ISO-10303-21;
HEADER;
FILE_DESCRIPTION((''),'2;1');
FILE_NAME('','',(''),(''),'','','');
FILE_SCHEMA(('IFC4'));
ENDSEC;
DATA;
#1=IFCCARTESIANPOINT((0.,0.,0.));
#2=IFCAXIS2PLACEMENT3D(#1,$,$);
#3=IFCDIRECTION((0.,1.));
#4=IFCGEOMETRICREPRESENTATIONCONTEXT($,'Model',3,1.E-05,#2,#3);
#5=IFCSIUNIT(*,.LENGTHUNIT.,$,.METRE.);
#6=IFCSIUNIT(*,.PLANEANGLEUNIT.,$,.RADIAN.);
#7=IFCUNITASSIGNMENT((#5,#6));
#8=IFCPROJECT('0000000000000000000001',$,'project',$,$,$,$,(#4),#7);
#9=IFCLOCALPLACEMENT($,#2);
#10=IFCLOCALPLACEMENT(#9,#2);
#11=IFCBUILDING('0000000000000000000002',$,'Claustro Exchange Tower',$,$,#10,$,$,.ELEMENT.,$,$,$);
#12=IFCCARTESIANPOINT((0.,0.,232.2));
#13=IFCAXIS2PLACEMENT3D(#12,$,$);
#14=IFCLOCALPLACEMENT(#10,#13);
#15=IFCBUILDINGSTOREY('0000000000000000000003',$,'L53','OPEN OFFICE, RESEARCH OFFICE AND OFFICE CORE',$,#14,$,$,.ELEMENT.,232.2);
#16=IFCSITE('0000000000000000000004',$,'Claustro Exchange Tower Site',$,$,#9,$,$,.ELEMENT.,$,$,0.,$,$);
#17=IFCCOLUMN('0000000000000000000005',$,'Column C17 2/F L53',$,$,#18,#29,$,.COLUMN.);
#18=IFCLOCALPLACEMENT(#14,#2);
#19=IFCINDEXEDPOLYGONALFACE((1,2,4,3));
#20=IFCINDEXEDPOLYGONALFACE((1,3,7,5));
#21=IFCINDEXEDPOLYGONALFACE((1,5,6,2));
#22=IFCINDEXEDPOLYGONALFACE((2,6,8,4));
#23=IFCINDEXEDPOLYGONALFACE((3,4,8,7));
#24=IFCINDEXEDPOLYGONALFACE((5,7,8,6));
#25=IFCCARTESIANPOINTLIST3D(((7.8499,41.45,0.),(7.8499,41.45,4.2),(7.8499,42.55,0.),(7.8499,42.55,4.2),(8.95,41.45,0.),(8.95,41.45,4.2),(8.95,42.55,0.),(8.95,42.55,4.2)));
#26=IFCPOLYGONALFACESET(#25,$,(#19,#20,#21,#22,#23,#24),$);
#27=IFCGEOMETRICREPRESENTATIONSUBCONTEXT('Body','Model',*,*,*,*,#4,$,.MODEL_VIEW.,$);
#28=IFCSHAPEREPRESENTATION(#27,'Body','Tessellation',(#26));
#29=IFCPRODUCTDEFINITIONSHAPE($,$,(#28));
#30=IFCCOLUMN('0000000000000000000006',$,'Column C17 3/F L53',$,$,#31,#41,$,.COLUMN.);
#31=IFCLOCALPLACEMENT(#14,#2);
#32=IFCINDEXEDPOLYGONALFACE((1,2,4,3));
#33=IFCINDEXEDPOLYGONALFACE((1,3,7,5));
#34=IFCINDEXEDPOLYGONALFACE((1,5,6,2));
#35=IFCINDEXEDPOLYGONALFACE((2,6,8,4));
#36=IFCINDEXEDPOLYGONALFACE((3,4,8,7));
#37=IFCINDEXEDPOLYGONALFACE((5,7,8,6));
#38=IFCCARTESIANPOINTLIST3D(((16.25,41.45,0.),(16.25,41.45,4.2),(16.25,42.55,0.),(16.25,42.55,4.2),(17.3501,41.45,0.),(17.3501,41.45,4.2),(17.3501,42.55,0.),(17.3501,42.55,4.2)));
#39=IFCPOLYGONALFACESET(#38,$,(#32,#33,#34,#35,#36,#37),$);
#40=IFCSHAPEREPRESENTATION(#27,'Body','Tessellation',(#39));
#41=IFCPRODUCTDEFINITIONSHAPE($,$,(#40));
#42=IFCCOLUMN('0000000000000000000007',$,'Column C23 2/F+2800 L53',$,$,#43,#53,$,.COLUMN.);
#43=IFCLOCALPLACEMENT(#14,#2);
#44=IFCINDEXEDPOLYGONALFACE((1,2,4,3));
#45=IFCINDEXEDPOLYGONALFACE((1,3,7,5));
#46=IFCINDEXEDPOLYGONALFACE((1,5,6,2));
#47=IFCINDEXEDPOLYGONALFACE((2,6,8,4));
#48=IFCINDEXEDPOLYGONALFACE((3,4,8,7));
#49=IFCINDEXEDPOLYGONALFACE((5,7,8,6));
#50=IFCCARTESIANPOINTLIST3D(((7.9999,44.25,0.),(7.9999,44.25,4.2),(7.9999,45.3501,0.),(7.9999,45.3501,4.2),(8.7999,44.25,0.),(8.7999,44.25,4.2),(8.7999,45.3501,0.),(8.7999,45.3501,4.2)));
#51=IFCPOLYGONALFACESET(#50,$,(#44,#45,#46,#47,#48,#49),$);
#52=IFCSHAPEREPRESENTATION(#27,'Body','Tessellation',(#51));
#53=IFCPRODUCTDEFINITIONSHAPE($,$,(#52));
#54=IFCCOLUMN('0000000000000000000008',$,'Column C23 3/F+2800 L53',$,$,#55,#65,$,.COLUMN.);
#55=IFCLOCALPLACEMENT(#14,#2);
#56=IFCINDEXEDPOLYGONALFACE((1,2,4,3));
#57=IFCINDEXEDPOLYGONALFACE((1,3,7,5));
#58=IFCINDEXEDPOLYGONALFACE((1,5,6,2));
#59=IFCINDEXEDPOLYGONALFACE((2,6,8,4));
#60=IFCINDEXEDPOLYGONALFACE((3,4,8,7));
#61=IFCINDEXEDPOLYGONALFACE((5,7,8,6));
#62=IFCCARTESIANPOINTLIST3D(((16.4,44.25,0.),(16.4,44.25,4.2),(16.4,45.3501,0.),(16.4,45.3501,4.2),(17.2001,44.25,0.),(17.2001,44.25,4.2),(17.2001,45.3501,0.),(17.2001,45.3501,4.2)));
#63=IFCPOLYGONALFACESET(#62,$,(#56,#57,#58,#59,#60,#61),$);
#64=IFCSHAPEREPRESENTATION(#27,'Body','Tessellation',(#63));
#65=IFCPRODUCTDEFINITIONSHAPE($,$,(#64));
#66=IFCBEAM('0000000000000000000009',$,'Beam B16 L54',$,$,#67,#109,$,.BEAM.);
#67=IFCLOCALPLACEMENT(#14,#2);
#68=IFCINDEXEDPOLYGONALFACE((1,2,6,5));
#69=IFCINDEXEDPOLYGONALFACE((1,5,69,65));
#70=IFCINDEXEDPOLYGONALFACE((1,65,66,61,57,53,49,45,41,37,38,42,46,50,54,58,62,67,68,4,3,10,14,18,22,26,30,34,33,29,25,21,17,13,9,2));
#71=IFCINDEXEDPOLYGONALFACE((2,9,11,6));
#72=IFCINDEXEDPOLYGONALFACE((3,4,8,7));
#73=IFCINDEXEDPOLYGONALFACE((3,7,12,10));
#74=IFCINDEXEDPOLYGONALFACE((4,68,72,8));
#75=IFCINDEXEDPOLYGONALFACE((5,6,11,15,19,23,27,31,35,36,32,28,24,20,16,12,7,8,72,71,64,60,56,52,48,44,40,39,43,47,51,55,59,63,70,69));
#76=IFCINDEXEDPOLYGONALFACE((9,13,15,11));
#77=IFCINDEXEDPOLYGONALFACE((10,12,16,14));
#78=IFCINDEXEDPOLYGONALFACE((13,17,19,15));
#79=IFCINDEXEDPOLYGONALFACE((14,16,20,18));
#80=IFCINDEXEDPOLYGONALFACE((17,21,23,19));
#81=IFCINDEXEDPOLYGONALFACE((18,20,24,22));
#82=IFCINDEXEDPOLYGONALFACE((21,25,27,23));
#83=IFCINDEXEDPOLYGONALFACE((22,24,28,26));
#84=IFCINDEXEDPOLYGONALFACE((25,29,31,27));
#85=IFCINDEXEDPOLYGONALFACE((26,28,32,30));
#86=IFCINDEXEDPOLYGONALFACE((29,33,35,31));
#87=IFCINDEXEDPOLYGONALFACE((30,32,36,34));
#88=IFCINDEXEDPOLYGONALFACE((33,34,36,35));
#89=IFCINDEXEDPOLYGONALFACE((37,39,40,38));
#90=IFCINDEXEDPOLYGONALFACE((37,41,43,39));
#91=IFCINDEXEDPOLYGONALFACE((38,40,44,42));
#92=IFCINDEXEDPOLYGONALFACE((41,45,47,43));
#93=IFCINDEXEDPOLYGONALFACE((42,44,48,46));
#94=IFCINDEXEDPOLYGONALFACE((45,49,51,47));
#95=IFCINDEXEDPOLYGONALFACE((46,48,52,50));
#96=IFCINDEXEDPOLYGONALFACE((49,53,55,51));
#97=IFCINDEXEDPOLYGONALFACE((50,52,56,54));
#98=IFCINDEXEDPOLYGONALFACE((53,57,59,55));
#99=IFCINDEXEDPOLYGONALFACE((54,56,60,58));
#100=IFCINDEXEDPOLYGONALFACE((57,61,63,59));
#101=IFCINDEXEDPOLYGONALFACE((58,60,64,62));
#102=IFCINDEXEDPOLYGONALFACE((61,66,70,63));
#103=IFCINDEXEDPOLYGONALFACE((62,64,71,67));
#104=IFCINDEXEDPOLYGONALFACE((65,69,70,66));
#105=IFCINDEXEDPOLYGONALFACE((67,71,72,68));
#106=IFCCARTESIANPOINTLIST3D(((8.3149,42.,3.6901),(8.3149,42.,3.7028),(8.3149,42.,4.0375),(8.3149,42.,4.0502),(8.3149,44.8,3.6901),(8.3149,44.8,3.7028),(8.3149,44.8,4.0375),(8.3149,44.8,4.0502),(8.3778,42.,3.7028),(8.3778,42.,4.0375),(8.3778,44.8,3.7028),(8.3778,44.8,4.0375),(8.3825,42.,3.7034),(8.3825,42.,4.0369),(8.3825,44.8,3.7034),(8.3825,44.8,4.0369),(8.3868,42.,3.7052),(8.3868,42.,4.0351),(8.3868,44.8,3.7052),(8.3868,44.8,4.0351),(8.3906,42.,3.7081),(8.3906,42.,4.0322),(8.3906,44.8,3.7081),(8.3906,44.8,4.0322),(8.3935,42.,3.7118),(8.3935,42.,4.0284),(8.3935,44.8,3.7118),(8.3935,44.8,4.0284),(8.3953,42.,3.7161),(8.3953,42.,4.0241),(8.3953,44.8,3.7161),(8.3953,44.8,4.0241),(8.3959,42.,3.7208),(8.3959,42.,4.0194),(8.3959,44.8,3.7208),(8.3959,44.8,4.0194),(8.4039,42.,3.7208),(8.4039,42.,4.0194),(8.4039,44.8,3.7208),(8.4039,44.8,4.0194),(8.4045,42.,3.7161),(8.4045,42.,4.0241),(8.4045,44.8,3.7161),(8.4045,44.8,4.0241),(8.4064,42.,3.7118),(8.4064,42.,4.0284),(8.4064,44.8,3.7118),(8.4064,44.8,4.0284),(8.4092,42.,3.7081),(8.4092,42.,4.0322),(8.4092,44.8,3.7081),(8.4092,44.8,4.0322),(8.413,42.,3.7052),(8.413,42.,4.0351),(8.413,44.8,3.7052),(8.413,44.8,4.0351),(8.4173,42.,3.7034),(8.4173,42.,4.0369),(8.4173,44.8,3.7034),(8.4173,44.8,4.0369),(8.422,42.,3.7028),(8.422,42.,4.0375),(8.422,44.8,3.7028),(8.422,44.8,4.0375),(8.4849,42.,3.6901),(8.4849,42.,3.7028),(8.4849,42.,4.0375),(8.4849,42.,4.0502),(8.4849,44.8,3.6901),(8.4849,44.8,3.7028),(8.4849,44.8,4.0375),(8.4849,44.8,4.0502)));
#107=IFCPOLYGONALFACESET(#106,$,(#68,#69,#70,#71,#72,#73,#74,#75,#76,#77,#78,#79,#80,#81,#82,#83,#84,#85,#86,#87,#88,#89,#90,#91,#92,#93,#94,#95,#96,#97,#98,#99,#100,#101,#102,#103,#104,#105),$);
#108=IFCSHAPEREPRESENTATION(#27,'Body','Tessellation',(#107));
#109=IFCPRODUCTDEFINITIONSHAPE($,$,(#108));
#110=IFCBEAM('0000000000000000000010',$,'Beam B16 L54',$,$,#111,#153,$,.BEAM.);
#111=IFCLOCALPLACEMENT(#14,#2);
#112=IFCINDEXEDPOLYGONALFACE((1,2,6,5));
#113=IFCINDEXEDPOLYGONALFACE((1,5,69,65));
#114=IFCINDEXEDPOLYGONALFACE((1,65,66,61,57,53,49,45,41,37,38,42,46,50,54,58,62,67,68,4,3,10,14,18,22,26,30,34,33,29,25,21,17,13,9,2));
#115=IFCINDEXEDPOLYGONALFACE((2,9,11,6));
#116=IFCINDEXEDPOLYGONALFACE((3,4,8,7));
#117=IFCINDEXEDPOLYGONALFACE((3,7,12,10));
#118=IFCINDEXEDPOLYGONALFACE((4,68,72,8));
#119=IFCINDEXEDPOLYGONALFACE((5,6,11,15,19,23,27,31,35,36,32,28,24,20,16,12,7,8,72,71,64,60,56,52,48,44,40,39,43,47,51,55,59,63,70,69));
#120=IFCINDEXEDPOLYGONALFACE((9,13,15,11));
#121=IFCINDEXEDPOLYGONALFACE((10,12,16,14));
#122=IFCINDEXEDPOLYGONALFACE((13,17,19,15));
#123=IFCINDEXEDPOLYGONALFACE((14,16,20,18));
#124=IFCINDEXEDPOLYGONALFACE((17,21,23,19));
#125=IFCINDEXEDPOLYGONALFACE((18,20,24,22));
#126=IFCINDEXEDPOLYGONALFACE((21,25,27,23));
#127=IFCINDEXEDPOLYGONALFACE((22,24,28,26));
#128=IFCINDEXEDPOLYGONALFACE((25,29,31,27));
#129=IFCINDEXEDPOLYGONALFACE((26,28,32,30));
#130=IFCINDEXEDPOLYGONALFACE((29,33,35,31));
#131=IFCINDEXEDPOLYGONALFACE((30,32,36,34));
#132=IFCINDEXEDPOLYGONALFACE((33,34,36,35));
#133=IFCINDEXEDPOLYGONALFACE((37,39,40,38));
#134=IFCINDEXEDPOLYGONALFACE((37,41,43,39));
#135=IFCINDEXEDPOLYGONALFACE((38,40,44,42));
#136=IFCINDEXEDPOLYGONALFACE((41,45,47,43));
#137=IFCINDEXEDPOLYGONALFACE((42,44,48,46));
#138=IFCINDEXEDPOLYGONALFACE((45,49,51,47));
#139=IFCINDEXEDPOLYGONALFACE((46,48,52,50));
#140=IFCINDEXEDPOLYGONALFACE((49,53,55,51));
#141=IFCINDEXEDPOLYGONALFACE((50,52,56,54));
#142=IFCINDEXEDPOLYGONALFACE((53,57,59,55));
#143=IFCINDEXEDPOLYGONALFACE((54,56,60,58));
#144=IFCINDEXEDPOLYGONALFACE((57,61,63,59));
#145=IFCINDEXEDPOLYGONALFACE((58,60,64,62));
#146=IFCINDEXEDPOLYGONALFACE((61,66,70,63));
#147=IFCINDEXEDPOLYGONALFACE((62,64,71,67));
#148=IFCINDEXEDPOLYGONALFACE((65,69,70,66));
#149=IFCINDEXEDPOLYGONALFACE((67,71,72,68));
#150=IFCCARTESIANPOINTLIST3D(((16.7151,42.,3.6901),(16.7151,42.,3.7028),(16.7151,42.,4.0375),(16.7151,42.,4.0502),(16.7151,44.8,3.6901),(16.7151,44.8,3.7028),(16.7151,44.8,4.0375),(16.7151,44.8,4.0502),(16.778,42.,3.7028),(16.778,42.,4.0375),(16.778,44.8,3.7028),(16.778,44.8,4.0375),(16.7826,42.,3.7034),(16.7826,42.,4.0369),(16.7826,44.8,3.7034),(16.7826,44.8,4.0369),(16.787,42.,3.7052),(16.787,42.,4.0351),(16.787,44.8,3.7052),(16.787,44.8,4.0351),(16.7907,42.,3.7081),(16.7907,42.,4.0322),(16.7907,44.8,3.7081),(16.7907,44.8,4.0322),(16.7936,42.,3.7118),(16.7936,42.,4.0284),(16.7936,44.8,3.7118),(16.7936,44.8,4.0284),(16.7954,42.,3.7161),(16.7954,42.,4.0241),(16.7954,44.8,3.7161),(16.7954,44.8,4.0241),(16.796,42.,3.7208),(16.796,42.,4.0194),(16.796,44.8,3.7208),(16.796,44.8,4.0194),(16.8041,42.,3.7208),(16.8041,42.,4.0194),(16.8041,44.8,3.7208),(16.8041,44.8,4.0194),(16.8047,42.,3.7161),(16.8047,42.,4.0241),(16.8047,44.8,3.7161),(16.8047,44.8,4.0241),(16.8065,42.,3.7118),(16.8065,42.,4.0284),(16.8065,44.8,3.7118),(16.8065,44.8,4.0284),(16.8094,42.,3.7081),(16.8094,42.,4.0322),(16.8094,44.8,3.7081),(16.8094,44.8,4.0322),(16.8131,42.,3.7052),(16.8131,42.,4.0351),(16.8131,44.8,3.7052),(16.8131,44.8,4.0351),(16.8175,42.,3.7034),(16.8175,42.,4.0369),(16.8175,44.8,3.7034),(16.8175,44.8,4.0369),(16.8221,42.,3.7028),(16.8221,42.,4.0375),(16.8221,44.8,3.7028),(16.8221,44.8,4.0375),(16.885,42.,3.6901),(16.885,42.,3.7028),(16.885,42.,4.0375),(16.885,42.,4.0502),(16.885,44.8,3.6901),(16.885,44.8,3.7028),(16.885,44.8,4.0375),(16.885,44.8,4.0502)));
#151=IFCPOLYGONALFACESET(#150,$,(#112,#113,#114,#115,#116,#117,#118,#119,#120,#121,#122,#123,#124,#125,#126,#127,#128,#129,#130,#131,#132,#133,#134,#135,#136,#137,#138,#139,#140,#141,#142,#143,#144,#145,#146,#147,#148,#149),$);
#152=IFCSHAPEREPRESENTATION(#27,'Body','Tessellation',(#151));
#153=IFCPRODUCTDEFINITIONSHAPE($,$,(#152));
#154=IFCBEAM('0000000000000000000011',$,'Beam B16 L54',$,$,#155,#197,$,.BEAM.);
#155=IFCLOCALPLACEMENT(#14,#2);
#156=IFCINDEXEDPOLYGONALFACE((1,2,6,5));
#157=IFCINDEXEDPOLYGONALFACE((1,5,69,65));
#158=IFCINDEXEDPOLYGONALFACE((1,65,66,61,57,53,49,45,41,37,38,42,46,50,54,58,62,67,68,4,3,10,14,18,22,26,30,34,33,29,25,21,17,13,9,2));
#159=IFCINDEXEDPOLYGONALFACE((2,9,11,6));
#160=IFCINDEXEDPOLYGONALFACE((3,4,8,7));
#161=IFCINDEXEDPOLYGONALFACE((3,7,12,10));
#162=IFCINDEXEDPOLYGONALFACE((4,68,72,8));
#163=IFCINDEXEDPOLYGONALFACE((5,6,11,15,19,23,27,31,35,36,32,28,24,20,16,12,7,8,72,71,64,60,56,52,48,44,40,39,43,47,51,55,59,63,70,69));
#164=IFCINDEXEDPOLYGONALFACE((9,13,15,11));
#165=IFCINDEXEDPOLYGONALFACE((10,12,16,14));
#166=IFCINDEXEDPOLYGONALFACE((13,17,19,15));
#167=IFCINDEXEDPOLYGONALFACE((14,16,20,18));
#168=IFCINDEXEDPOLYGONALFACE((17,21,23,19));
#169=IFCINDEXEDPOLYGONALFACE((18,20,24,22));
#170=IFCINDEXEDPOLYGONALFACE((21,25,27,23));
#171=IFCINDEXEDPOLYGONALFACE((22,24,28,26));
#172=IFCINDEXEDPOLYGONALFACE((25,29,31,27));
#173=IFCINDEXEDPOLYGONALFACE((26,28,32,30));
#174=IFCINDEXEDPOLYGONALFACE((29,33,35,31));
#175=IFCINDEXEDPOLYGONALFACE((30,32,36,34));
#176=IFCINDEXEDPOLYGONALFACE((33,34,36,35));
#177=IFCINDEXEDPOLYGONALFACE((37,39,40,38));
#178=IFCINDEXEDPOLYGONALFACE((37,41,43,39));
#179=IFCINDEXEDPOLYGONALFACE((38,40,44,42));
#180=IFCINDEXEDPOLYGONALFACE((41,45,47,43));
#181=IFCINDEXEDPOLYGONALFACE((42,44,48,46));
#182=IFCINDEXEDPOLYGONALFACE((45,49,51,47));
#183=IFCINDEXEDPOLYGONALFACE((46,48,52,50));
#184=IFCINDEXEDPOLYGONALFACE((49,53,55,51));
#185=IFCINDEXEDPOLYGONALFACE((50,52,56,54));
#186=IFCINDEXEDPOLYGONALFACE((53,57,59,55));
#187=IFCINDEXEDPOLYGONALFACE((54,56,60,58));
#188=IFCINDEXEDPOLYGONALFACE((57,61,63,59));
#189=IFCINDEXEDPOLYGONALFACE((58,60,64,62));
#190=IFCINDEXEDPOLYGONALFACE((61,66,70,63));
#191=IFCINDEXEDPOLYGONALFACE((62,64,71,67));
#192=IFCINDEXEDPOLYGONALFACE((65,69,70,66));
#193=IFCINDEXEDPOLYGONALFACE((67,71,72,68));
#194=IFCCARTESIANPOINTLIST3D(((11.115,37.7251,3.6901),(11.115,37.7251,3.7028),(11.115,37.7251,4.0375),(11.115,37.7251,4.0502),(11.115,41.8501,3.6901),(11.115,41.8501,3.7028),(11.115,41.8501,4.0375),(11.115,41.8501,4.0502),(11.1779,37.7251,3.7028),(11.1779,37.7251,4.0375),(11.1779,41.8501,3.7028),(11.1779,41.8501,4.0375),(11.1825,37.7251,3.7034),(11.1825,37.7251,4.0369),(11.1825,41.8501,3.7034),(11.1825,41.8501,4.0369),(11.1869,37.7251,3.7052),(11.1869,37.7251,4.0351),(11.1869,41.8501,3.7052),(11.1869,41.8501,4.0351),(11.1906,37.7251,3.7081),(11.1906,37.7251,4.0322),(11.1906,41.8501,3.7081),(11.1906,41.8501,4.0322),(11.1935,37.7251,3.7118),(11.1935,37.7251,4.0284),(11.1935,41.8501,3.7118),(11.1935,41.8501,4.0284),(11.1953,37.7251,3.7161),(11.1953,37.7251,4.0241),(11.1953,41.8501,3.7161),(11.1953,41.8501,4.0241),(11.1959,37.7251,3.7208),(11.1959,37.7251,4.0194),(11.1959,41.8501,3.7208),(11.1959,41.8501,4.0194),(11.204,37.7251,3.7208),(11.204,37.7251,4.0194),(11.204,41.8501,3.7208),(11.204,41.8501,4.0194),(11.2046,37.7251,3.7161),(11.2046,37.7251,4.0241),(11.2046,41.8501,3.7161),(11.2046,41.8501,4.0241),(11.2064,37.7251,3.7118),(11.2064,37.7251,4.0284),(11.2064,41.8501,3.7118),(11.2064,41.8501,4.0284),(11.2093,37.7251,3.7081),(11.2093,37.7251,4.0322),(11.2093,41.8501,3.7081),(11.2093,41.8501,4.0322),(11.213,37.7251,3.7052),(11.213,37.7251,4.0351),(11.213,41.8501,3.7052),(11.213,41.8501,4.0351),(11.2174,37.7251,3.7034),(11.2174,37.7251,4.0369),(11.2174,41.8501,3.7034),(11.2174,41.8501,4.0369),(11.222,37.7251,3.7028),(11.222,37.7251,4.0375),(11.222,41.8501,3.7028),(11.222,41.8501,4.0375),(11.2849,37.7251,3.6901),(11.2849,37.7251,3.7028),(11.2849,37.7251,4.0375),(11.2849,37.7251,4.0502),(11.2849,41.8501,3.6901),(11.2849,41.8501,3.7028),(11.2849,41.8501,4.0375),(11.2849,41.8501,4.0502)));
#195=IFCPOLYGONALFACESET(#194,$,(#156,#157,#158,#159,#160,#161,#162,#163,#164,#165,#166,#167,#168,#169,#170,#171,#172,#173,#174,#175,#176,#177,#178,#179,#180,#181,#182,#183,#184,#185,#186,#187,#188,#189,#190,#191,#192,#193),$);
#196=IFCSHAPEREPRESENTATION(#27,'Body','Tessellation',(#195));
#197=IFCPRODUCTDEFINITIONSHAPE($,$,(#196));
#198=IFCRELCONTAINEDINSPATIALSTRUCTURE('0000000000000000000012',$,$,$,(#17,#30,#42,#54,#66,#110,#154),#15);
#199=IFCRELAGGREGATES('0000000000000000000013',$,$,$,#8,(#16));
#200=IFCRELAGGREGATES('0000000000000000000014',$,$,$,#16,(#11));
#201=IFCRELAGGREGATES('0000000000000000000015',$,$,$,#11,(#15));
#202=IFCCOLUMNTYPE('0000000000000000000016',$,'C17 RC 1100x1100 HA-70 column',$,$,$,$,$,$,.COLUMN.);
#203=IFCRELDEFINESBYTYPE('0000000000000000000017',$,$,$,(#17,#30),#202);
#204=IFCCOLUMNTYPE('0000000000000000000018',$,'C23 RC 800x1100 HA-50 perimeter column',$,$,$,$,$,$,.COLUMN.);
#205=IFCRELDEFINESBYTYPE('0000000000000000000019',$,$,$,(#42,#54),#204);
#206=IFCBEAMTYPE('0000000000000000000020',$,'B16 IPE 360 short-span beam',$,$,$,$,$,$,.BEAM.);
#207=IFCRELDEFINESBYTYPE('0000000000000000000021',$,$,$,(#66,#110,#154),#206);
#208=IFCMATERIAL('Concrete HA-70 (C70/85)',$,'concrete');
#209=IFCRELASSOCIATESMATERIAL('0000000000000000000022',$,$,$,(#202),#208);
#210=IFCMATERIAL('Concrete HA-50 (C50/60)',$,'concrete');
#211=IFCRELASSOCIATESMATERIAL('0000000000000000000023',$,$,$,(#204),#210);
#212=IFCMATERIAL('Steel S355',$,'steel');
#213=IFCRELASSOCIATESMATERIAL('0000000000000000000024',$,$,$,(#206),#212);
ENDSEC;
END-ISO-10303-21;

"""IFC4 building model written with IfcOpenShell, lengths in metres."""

from ifc_helpers import new_model, si_unit, direction, frame, origin, origin_2d, place, context, subcontext, project, spatial, rectangle, i_section, extrude, material, material_profile, profile_set, type_object, element, save


model = new_model("IFC4")

# Units and contexts
model_context = context("Model", 3, precision=1e-05, world=origin(), true_north=direction((0.0, 1.0)))
body_context = subcontext(model_context, "Body", "Model", "MODEL_VIEW")
ifc_project = project(units=[si_unit("LENGTHUNIT", "METRE"), si_unit("PLANEANGLEUNIT", "RADIAN")], contexts=[model_context])

# Site, building, storey
site_placement = place(None, origin())
site = spatial("IfcSite", under=ifc_project, at=site_placement, Name="Claustro Exchange Tower Site", CompositionType="ELEMENT", RefElevation=0.0)
building_placement = place(site_placement, origin())
building = spatial("IfcBuilding", under=site, at=building_placement, Name="Claustro Exchange Tower", CompositionType="ELEMENT")
storey_placement = place(building_placement, frame((0.0, 0.0, 232.2)))
storey = spatial("IfcBuildingStorey", under=building, at=storey_placement, Name="L53", Description="OPEN OFFICE, RESEARCH OFFICE AND OFFICE CORE", CompositionType="ELEMENT", Elevation=232.2)

# Columns
ifc_material_1 = material(Name="Concrete HA-70 (C70/85)", Category="concrete")
ifc_material_profile_1 = material_profile(ifc_material_1, rectangle(XDim=1.1001, YDim=1.1001, at=origin_2d()), Name="RC 1100x1100")
ifc_profile_set_1 = profile_set([ifc_material_profile_1], Name="Concrete HA-70 (C70/85)")
column_type_1 = type_object("IfcColumnType", Name="C17 RC 1100x1100 HA-70 column", PredefinedType="COLUMN", material=ifc_profile_set_1)
for number, where, z_axis, x_axis, name in (
    (1, (8.3999, 42.0, 0.0), (0.0, 0.0, 1.0), (1.0, 0.0, 0.0), "Column C17 2/F L53"),
    (2, (16.8, 42.0, 0.0), (0.0, 0.0, 1.0), (1.0, 0.0, 0.0), "Column C17 3/F L53"),
):
    element("IfcColumn", number, at=place(storey_placement, frame(where, z_axis=z_axis, x_axis=x_axis)), inside=storey, type_object=column_type_1, Name=name, PredefinedType="COLUMN", context=body_context, shape_type="SweptSolid", body=[
        extrude(rectangle(XDim=1.1001, YDim=1.1001, at=origin_2d()), origin(), (0.0, 0.0, 1.0), 4.2),
    ])
ifc_material_2 = material(Name="Concrete HA-50 (C50/60)", Category="concrete")
ifc_material_profile_2 = material_profile(ifc_material_2, rectangle(XDim=0.8, YDim=1.1001, at=origin_2d()), Name="RC 800x1100")
ifc_profile_set_2 = profile_set([ifc_material_profile_2], Name="Concrete HA-50 (C50/60)")
column_type_2 = type_object("IfcColumnType", Name="C23 RC 800x1100 HA-50 perimeter column", PredefinedType="COLUMN", material=ifc_profile_set_2)
for number, where, z_axis, x_axis, name in (
    (3, (8.3999, 44.8, 0.0), (0.0, 0.0, 1.0), (1.0, 0.0, 0.0), "Column C23 2/F+2800 L53"),
    (4, (16.8, 44.8, 0.0), (0.0, 0.0, 1.0), (1.0, 0.0, 0.0), "Column C23 3/F+2800 L53"),
):
    element("IfcColumn", number, at=place(storey_placement, frame(where, z_axis=z_axis, x_axis=x_axis)), inside=storey, type_object=column_type_2, Name=name, PredefinedType="COLUMN", context=body_context, shape_type="SweptSolid", body=[
        extrude(rectangle(XDim=0.8, YDim=1.1001, at=origin_2d()), origin(), (0.0, 0.0, 1.0), 4.2),
    ])

# Beams
ifc_material_3 = material(Name="Steel S355", Category="steel")
ifc_material_profile_3 = material_profile(ifc_material_3, i_section(OverallWidth=0.1699, OverallDepth=0.3601, WebThickness=0.0081, FlangeThickness=0.0127, FilletRadius=0.0181, at=origin_2d()), Name="IPE 360")
ifc_profile_set_3 = profile_set([ifc_material_profile_3], Name="Steel S355")
beam_type_1 = type_object("IfcBeamType", Name="B16 IPE 360 short-span beam", PredefinedType="BEAM", material=ifc_profile_set_3)
for number, where, z_axis, x_axis, name in (
    (5, (8.3999, 42.0, 3.8701), (0.0, 1.0, 0.0), (-1.0, 0.0, 0.0), "Beam B16 L54"),
    (6, (16.8, 42.0, 3.8701), (0.0, 1.0, 0.0), (-1.0, 0.0, 0.0), "Beam B16 L54"),
):
    element("IfcBeam", number, at=place(storey_placement, frame(where, z_axis=z_axis, x_axis=x_axis)), inside=storey, type_object=beam_type_1, Name=name, PredefinedType="BEAM", context=body_context, shape_type="SweptSolid", body=[
        extrude(i_section(OverallWidth=0.1699, OverallDepth=0.3601, WebThickness=0.0081, FlangeThickness=0.0127, FilletRadius=0.0181, at=origin_2d()), origin(), (0.0, 0.0, 1.0), 2.8),
    ])
for number, where, z_axis, x_axis, name in (
    (7, (11.2, 37.7251, 3.8701), (0.0, 1.0, 0.0), (-1.0, 0.0, 0.0), "Beam B16 L54"),
):
    element("IfcBeam", number, at=place(storey_placement, frame(where, z_axis=z_axis, x_axis=x_axis)), inside=storey, type_object=beam_type_1, Name=name, PredefinedType="BEAM", context=body_context, shape_type="SweptSolid", body=[
        extrude(i_section(OverallWidth=0.1699, OverallDepth=0.3601, WebThickness=0.0081, FlangeThickness=0.0127, FilletRadius=0.0181, at=origin_2d()), origin(), (0.0, 0.0, 1.0), 4.125),
    ])

save(model, "model.ifc")
